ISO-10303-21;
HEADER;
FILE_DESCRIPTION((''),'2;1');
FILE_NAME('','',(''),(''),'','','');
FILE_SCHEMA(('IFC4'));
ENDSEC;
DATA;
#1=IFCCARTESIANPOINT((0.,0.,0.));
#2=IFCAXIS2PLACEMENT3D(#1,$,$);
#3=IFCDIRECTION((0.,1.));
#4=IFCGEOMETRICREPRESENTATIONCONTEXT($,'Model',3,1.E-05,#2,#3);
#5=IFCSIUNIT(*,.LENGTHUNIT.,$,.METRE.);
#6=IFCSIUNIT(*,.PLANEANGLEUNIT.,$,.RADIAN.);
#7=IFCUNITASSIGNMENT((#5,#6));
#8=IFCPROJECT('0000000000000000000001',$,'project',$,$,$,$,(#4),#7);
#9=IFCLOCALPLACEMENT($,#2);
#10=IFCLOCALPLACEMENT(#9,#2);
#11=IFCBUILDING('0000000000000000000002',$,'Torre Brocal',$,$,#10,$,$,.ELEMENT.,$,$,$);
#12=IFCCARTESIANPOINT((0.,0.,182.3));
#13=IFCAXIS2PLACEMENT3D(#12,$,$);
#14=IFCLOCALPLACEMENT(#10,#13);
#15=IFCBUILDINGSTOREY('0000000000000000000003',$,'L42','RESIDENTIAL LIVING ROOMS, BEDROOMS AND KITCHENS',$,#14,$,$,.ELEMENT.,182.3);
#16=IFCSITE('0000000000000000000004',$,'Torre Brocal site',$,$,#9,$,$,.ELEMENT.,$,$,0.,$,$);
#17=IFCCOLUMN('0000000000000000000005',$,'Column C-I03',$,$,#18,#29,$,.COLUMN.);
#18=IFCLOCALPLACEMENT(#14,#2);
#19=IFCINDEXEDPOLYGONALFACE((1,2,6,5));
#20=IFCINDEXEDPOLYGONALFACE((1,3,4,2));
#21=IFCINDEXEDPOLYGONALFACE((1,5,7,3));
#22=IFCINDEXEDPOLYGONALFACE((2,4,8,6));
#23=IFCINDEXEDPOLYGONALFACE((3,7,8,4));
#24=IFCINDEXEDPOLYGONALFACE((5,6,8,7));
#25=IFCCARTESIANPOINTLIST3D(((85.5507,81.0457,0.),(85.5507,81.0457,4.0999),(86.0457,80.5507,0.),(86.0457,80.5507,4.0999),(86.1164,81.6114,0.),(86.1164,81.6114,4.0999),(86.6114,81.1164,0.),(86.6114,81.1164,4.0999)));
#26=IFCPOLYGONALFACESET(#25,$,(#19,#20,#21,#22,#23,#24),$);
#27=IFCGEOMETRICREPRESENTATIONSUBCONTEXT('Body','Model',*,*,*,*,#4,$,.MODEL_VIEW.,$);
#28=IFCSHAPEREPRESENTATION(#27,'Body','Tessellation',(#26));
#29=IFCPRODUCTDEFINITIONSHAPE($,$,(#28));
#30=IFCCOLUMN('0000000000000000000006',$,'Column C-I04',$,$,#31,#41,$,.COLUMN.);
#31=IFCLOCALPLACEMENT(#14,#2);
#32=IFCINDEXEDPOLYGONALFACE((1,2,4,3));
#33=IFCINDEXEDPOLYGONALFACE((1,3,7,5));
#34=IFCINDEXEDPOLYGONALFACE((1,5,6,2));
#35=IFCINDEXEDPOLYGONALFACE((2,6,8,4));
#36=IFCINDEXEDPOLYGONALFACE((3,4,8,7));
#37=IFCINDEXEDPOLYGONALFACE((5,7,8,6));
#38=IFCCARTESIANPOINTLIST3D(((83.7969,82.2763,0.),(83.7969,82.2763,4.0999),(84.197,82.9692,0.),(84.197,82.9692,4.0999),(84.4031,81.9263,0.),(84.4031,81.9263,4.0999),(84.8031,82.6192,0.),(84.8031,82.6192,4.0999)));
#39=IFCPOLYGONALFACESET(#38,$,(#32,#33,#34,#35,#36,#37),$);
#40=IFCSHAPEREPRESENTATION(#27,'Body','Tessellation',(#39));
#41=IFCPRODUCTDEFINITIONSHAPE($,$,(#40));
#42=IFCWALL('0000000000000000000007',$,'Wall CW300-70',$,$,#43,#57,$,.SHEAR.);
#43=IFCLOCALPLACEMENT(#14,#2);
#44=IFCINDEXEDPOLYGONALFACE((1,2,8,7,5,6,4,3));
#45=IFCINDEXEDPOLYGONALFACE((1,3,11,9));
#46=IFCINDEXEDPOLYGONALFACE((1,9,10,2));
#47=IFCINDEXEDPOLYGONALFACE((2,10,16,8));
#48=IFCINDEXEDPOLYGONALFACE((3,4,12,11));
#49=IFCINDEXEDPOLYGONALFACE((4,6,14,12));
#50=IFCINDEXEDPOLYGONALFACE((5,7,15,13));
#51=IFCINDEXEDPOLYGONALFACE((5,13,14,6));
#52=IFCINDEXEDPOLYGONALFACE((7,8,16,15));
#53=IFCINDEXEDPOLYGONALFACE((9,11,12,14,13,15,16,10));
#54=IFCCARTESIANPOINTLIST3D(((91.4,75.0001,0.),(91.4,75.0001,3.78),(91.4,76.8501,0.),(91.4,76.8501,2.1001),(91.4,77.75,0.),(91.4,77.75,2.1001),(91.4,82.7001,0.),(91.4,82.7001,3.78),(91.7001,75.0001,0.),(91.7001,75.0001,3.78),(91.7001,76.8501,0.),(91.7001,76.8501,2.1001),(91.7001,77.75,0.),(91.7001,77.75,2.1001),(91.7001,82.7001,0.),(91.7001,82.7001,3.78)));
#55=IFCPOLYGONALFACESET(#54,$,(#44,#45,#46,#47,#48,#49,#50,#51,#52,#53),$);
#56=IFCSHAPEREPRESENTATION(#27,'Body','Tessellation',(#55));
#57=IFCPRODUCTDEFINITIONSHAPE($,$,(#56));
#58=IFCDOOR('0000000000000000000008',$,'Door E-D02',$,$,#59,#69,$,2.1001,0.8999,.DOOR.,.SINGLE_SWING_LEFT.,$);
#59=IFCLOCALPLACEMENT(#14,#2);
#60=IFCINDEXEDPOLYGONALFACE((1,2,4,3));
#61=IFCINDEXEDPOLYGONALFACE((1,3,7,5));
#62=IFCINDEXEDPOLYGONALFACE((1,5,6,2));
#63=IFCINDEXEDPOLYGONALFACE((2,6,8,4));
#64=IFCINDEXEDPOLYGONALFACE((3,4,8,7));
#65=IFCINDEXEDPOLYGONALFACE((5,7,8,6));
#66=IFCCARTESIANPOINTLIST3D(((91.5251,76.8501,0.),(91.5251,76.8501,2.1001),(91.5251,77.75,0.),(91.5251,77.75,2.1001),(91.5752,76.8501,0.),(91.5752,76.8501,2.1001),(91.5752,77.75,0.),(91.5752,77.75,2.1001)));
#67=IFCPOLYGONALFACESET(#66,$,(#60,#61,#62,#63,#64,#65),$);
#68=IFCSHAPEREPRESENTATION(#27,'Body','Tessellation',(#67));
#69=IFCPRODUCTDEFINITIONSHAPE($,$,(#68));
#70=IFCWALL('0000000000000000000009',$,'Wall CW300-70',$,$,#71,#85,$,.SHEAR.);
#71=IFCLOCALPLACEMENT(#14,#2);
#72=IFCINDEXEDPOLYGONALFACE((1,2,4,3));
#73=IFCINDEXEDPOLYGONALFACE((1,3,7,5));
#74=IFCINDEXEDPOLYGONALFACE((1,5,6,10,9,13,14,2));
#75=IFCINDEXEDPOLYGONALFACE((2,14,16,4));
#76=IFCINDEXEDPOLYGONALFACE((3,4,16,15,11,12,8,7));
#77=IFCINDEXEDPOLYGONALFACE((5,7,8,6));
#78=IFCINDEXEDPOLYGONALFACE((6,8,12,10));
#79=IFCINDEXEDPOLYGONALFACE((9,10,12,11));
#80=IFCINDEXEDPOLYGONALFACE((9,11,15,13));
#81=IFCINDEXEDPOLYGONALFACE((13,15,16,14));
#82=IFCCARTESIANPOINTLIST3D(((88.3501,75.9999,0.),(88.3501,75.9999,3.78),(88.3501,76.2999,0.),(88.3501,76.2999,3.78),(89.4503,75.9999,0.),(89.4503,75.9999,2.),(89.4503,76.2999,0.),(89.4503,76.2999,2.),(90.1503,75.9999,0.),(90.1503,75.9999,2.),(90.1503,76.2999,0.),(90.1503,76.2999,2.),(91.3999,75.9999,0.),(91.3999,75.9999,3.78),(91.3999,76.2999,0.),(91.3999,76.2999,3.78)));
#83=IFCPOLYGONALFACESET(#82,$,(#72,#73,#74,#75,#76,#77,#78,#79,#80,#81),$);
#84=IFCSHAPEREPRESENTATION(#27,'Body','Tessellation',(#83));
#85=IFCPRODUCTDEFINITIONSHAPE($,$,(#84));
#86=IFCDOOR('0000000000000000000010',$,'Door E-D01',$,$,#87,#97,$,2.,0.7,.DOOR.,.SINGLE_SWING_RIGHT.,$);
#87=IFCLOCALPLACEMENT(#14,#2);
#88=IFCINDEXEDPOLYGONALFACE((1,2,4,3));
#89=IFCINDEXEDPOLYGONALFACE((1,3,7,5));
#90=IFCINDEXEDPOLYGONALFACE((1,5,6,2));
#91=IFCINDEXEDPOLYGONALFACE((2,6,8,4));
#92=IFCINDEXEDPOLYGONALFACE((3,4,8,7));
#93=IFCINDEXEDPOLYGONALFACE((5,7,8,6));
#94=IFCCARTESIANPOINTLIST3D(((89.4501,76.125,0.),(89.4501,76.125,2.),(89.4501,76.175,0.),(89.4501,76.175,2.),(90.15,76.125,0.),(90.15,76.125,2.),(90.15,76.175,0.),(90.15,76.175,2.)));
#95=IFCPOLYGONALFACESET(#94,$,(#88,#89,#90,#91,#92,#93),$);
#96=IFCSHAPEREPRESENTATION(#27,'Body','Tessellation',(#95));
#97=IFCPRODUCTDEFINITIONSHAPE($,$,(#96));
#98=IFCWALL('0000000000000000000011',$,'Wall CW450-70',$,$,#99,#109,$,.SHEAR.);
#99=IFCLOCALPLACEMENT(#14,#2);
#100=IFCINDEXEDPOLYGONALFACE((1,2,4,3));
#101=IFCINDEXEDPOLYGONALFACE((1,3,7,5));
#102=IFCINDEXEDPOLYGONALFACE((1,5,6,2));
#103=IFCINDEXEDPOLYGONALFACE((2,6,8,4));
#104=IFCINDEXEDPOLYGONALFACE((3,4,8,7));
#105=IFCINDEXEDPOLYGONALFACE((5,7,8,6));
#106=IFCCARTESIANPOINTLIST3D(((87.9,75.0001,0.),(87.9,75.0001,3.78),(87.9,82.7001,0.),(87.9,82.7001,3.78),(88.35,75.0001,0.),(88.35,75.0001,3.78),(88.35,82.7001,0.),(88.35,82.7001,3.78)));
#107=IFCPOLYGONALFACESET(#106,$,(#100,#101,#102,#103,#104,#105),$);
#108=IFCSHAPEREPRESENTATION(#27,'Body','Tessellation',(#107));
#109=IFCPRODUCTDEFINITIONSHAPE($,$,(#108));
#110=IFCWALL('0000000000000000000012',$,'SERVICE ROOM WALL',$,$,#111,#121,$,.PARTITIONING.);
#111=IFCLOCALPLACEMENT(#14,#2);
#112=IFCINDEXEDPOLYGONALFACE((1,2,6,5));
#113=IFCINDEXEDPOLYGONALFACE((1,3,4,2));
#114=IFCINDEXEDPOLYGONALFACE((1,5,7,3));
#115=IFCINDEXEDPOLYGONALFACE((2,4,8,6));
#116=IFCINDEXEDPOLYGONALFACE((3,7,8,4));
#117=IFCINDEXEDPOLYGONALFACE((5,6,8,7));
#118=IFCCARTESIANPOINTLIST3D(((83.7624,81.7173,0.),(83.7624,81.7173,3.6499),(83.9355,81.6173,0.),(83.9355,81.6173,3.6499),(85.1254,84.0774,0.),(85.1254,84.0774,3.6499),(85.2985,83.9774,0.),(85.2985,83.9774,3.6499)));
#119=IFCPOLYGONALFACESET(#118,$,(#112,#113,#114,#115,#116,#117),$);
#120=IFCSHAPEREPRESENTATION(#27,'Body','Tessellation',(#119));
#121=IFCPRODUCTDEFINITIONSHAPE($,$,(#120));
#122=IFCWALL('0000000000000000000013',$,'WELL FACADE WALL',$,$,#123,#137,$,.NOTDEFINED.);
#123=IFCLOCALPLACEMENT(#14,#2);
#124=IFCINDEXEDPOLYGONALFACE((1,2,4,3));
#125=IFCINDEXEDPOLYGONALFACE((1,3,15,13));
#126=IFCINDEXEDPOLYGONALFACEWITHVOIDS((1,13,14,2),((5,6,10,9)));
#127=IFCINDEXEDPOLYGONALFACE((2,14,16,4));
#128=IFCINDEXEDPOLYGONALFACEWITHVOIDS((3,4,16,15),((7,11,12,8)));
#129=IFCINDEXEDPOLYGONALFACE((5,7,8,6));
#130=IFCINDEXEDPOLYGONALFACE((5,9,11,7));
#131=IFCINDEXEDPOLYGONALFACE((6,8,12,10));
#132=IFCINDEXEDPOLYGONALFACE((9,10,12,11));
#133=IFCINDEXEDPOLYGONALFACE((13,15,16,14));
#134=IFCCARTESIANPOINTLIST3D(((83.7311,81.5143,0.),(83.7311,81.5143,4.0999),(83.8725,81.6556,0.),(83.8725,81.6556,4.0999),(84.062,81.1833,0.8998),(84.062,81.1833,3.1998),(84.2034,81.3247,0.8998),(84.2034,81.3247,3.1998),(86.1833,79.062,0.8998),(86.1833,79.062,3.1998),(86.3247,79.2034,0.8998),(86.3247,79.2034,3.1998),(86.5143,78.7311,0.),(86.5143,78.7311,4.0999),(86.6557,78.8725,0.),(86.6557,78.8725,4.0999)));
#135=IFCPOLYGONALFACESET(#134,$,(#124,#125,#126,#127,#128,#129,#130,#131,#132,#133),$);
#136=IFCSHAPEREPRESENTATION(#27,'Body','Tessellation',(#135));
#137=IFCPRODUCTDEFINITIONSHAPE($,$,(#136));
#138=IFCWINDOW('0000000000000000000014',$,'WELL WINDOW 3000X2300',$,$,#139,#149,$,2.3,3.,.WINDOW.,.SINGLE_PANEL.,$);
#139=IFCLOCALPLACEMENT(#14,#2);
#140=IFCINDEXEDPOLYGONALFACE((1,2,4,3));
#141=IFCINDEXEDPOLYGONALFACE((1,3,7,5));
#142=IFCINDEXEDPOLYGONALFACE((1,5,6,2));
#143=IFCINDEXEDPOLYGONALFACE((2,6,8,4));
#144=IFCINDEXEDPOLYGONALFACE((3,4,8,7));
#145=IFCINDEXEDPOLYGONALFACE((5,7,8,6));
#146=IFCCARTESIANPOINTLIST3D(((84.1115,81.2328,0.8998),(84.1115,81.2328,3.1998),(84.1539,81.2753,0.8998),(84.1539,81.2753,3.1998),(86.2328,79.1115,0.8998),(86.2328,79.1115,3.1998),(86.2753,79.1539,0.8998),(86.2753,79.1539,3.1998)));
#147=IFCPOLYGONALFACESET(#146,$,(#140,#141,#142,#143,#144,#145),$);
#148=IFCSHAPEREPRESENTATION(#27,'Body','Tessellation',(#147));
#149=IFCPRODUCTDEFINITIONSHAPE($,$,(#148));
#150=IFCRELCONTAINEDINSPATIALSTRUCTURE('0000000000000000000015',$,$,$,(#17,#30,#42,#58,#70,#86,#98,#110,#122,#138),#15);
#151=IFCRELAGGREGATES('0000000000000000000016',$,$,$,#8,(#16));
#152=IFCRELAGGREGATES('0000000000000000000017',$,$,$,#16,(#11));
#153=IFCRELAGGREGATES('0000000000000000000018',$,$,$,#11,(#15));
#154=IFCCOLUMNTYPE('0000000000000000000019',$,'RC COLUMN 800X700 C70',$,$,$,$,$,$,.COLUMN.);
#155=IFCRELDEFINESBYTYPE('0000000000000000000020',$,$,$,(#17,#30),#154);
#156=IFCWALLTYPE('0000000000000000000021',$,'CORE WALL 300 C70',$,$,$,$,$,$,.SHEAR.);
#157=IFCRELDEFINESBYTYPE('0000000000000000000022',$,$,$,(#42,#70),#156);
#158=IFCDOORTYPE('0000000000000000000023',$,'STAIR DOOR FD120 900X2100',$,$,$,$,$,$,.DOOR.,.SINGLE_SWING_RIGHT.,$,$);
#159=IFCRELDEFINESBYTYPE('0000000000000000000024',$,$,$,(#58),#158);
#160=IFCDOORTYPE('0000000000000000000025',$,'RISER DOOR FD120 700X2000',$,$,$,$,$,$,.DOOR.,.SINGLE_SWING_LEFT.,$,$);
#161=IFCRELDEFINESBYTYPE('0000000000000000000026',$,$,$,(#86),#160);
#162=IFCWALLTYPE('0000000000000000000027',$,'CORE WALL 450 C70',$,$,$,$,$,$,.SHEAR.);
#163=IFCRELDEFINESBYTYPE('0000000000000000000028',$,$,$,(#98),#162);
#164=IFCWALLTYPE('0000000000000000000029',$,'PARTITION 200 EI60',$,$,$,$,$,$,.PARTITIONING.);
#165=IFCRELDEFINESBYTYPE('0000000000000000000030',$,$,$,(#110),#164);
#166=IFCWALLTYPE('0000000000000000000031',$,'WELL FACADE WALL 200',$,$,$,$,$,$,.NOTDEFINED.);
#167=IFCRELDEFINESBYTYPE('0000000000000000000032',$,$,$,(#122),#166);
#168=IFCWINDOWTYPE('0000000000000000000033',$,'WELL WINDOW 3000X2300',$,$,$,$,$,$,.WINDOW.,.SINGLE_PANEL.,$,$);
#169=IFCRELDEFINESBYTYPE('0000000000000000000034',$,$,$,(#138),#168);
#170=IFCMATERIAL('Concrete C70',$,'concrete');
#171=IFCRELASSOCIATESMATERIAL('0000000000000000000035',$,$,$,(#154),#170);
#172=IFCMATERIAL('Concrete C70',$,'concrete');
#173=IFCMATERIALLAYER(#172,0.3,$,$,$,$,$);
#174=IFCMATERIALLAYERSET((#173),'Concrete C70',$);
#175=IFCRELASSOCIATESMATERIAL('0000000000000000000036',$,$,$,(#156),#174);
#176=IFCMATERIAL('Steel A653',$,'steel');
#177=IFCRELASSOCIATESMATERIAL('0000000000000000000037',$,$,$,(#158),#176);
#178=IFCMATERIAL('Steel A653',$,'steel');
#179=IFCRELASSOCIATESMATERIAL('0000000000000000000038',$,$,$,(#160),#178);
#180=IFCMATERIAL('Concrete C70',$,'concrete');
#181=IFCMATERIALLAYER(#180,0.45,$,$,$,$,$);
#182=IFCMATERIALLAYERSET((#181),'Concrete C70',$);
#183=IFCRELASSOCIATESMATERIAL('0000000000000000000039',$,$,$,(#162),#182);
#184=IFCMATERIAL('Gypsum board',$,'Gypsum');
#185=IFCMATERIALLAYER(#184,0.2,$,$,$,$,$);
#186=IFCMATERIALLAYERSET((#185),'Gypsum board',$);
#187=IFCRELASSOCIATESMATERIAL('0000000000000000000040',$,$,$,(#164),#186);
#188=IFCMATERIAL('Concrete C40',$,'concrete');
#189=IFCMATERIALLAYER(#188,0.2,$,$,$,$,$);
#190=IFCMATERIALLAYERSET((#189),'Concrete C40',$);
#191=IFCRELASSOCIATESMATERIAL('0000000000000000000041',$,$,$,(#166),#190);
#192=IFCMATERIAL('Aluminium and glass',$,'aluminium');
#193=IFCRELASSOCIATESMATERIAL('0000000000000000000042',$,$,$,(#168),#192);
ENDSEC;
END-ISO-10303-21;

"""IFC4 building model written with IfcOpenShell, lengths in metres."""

from ifc_helpers import new_model, si_unit, direction, frame, frame_2d, origin, origin_2d, place, context, subcontext, project, spatial, rectangle, extrude, material, layer, layer_set, material_profile, profile_set, type_object, element, fill, save


model = new_model("IFC4")

# Units and contexts
model_context = context("Model", 3, precision=1e-05, world=origin(), true_north=direction((0.0, 1.0)))
body_context = subcontext(model_context, "Body", "Model", "MODEL_VIEW")
ifc_project = project(units=[si_unit("LENGTHUNIT", "METRE"), si_unit("PLANEANGLEUNIT", "RADIAN")], contexts=[model_context])

# Site, building, storey
site_placement = place(None, origin())
site = spatial("IfcSite", under=ifc_project, at=site_placement, Name="Torre Brocal site", CompositionType="ELEMENT", RefElevation=0.0)
building_placement = place(site_placement, origin())
building = spatial("IfcBuilding", under=site, at=building_placement, Name="Torre Brocal", CompositionType="ELEMENT")
storey_placement = place(building_placement, frame((0.0, 0.0, 182.3)))
storey = spatial("IfcBuildingStorey", under=building, at=storey_placement, Name="L42", Description="RESIDENTIAL LIVING ROOMS, BEDROOMS AND KITCHENS", CompositionType="ELEMENT", Elevation=182.3)

# Columns
ifc_material_1 = material(Name="Concrete C70", Category="concrete")
ifc_material_profile = material_profile(ifc_material_1, rectangle(XDim=0.8, YDim=0.7, at=origin_2d()), Name="RC 800X700")
ifc_profile_set = profile_set([ifc_material_profile], Name="Concrete C70")
column_type = type_object("IfcColumnType", Name="RC COLUMN 800X700 C70", PredefinedType="COLUMN", material=ifc_profile_set)
for number, where, z_axis, x_axis, name in (
    (1, (86.0811, 81.0811, 0.0), (0.0, 0.0, 1.0), (0.707107, 0.707107, 0.0), "Column C-I03"),
    (2, (84.3, 82.4478, 0.0), (0.0, 0.0, 1.0), (0.5, 0.866025, 0.0), "Column C-I04"),
):
    element("IfcColumn", number, at=place(storey_placement, frame(where, z_axis=z_axis, x_axis=x_axis)), inside=storey, type_object=column_type, Name=name, PredefinedType="COLUMN", context=body_context, shape_type="SweptSolid", body=[
        extrude(rectangle(XDim=0.8, YDim=0.7, at=origin_2d()), origin(), (0.0, 0.0, 1.0), 4.0999),
    ])

# Walls, openings, doors
ifc_material_2 = material(Name="Concrete C70", Category="concrete")
ifc_layer_1 = layer(ifc_material_2, 0.3)
ifc_layer_set_1 = layer_set([ifc_layer_1], Name="Concrete C70")
wall_type_1 = type_object("IfcWallType", Name="CORE WALL 300 C70", PredefinedType="SHEAR", material=ifc_layer_set_1)
wall_1_placement = place(storey_placement, frame((91.55, 75.0, 0.0), z_axis=(0.0, 0.0, 1.0), x_axis=(0.0, 1.0, 0.0)))
wall_1 = element("IfcWall", 3, at=wall_1_placement, inside=storey, type_object=wall_type_1, Name="Wall CW300-70", PredefinedType="SHEAR", context=body_context, shape_type="SweptSolid", body=[
    extrude(rectangle(XDim=7.7, YDim=0.3, at=frame_2d((3.8501, 0.0))), origin(), (0.0, 0.0, 1.0), 3.78),
])
opening_1_placement = place(wall_1_placement, frame((1.8501, 0.0, 0.0)))
opening_1 = element("IfcOpeningElement", 4, at=opening_1_placement, cuts=wall_1, PredefinedType="OPENING", context=body_context, shape_type="SweptSolid", body=[
    extrude(rectangle(XDim=0.8999, YDim=2.1001, at=frame_2d((0.45, 1.05))), frame((0.0, 0.1599, 0.0), z_axis=(0.0, -1.0, 0.0), x_axis=(1.0, 0.0, 0.0)), (0.0, 0.0, 1.0), 0.3201),
])
ifc_material_3 = material(Name="Steel A653", Category="steel")
door_type_1 = type_object("IfcDoorType", Name="STAIR DOOR FD120 900X2100", OperationType="SINGLE_SWING_RIGHT", PredefinedType="DOOR", material=ifc_material_3)
door_1_placement = place(opening_1_placement, origin())
door_1 = element("IfcDoor", 5, at=door_1_placement, inside=storey, type_object=door_type_1, Name="Door E-D02", OperationType="SINGLE_SWING_LEFT", OverallHeight=2.1001, OverallWidth=0.8999, PredefinedType="DOOR", context=body_context, shape_type="SweptSolid", body=[
    extrude(rectangle(XDim=0.8999, YDim=2.1001, at=frame_2d((0.45, 1.05))), frame((0.0, 0.0249, 0.0), z_axis=(0.0, -1.0, 0.0), x_axis=(1.0, 0.0, 0.0)), (0.0, 0.0, 1.0), 0.05),
])
fill(opening_1, door_1)
wall_2_placement = place(storey_placement, frame((88.3501, 76.1499, 0.0), z_axis=(0.0, 0.0, 1.0), x_axis=(1.0, 0.0, 0.0)))
wall_2 = element("IfcWall", 6, at=wall_2_placement, inside=storey, type_object=wall_type_1, Name="Wall CW300-70", PredefinedType="SHEAR", context=body_context, shape_type="SweptSolid", body=[
    extrude(rectangle(XDim=3.0498, YDim=0.3, at=frame_2d((1.5249, 0.0))), origin(), (0.0, 0.0, 1.0), 3.78),
])
opening_2_placement = place(wall_2_placement, frame((1.1001, 0.0, 0.0)))
opening_2 = element("IfcOpeningElement", 7, at=opening_2_placement, cuts=wall_2, PredefinedType="OPENING", context=body_context, shape_type="SweptSolid", body=[
    extrude(rectangle(XDim=0.7, YDim=2.0, at=frame_2d((0.3501, 1.0))), frame((0.0, 0.1599, 0.0), z_axis=(0.0, -1.0, 0.0), x_axis=(1.0, 0.0, 0.0)), (0.0, 0.0, 1.0), 0.3201),
])
ifc_material_4 = material(Name="Steel A653", Category="steel")
door_type_2 = type_object("IfcDoorType", Name="RISER DOOR FD120 700X2000", OperationType="SINGLE_SWING_LEFT", PredefinedType="DOOR", material=ifc_material_4)
door_2_placement = place(opening_2_placement, frame((0.7, 0.0, 0.0), z_axis=(0.0, 0.0, 1.0), x_axis=(-1.0, 0.0, 0.0)))
door_2 = element("IfcDoor", 8, at=door_2_placement, inside=storey, type_object=door_type_2, Name="Door E-D01", OperationType="SINGLE_SWING_RIGHT", OverallHeight=2.0, OverallWidth=0.7, PredefinedType="DOOR", context=body_context, shape_type="SweptSolid", body=[
    extrude(rectangle(XDim=0.7, YDim=2.0, at=frame_2d((0.3501, 1.0))), frame((0.0, 0.0249, 0.0), z_axis=(0.0, -1.0, 0.0), x_axis=(1.0, 0.0, 0.0)), (0.0, 0.0, 1.0), 0.05),
])
fill(opening_2, door_2)

# Walls
ifc_material_5 = material(Name="Concrete C70", Category="concrete")
ifc_layer_2 = layer(ifc_material_5, 0.45)
ifc_layer_set_2 = layer_set([ifc_layer_2], Name="Concrete C70")
wall_type_2 = type_object("IfcWallType", Name="CORE WALL 450 C70", PredefinedType="SHEAR", material=ifc_layer_set_2)
wall_3_placement = place(storey_placement, frame((88.125, 75.0, 0.0), z_axis=(0.0, 0.0, 1.0), x_axis=(0.0, 1.0, 0.0)))
element("IfcWall", 9, at=wall_3_placement, inside=storey, type_object=wall_type_2, Name="Wall CW450-70", PredefinedType="SHEAR", context=body_context, shape_type="SweptSolid", body=[
    extrude(rectangle(XDim=7.7, YDim=0.45, at=frame_2d((3.8501, 0.0))), origin(), (0.0, 0.0, 1.0), 3.78),
])
ifc_material_6 = material(Name="Gypsum board", Category="Gypsum")
ifc_layer_3 = layer(ifc_material_6, 0.2)
ifc_layer_set_3 = layer_set([ifc_layer_3], Name="Gypsum board")
wall_type_3 = type_object("IfcWallType", Name="PARTITION 200 EI60", PredefinedType="PARTITIONING", material=ifc_layer_set_3)
wall_4_placement = place(storey_placement, frame((83.8489, 81.6672, 0.0), z_axis=(0.0, 0.0, 1.0), x_axis=(0.500118, 0.865957, 0.0)))
element("IfcWall", 10, at=wall_4_placement, inside=storey, type_object=wall_type_3, Name="SERVICE ROOM WALL", PredefinedType="PARTITIONING", context=body_context, shape_type="SweptSolid", body=[
    extrude(rectangle(XDim=2.7253, YDim=0.2, at=frame_2d((1.3628, 0.0))), origin(), (0.0, 0.0, 1.0), 3.6499),
])

# Wall, opening, window
ifc_material_7 = material(Name="Concrete C40", Category="concrete")
ifc_layer_4 = layer(ifc_material_7, 0.2)
ifc_layer_set_4 = layer_set([ifc_layer_4], Name="Concrete C40")
wall_type_4 = type_object("IfcWallType", Name="WELL FACADE WALL 200", PredefinedType="NOTDEFINED", material=ifc_layer_set_4)
wall_5_placement = place(storey_placement, frame((86.585, 78.8018, 0.0), z_axis=(0.0, 0.0, 1.0), x_axis=(-0.707107, 0.707107, 0.0)))
wall_5 = element("IfcWall", 11, at=wall_5_placement, inside=storey, type_object=wall_type_4, Name="WELL FACADE WALL", PredefinedType="NOTDEFINED", context=body_context, shape_type="SweptSolid", body=[
    extrude(rectangle(XDim=3.936, YDim=0.2, at=frame_2d((1.968, 0.0))), origin(), (0.0, 0.0, 1.0), 4.0999),
])
opening_3_placement = place(wall_5_placement, frame((0.468, 0.0, 0.8999)))
opening_3 = element("IfcOpeningElement", 12, at=opening_3_placement, cuts=wall_5, PredefinedType="OPENING", context=body_context, shape_type="SweptSolid", body=[
    extrude(rectangle(XDim=3.0, YDim=2.3, at=frame_2d((1.5, 1.1499))), frame((0.0, 0.1099, 0.0), z_axis=(0.0, -1.0, 0.0), x_axis=(1.0, 0.0, 0.0)), (0.0, 0.0, 1.0), 0.22),
])
ifc_material_8 = material(Name="Aluminium and glass", Category="aluminium")
window_type = type_object("IfcWindowType", Name="WELL WINDOW 3000X2300", PartitioningType="SINGLE_PANEL", PredefinedType="WINDOW", material=ifc_material_8)
window_1_placement = place(opening_3_placement, origin())
window_1 = element("IfcWindow", 13, at=window_1_placement, inside=storey, type_object=window_type, Name="WELL WINDOW 3000X2300", OverallHeight=2.3, OverallWidth=3.0, PartitioningType="SINGLE_PANEL", PredefinedType="WINDOW", context=body_context, shape_type="SweptSolid", body=[
    extrude(rectangle(XDim=3.0, YDim=2.3, at=frame_2d((1.5, 1.1499))), frame((0.0, 0.03, 0.0), z_axis=(0.0, -1.0, 0.0), x_axis=(1.0, 0.0, 0.0)), (0.0, 0.0, 1.0), 0.0601),
])
fill(opening_3, window_1)

save(model, "model.ifc")
